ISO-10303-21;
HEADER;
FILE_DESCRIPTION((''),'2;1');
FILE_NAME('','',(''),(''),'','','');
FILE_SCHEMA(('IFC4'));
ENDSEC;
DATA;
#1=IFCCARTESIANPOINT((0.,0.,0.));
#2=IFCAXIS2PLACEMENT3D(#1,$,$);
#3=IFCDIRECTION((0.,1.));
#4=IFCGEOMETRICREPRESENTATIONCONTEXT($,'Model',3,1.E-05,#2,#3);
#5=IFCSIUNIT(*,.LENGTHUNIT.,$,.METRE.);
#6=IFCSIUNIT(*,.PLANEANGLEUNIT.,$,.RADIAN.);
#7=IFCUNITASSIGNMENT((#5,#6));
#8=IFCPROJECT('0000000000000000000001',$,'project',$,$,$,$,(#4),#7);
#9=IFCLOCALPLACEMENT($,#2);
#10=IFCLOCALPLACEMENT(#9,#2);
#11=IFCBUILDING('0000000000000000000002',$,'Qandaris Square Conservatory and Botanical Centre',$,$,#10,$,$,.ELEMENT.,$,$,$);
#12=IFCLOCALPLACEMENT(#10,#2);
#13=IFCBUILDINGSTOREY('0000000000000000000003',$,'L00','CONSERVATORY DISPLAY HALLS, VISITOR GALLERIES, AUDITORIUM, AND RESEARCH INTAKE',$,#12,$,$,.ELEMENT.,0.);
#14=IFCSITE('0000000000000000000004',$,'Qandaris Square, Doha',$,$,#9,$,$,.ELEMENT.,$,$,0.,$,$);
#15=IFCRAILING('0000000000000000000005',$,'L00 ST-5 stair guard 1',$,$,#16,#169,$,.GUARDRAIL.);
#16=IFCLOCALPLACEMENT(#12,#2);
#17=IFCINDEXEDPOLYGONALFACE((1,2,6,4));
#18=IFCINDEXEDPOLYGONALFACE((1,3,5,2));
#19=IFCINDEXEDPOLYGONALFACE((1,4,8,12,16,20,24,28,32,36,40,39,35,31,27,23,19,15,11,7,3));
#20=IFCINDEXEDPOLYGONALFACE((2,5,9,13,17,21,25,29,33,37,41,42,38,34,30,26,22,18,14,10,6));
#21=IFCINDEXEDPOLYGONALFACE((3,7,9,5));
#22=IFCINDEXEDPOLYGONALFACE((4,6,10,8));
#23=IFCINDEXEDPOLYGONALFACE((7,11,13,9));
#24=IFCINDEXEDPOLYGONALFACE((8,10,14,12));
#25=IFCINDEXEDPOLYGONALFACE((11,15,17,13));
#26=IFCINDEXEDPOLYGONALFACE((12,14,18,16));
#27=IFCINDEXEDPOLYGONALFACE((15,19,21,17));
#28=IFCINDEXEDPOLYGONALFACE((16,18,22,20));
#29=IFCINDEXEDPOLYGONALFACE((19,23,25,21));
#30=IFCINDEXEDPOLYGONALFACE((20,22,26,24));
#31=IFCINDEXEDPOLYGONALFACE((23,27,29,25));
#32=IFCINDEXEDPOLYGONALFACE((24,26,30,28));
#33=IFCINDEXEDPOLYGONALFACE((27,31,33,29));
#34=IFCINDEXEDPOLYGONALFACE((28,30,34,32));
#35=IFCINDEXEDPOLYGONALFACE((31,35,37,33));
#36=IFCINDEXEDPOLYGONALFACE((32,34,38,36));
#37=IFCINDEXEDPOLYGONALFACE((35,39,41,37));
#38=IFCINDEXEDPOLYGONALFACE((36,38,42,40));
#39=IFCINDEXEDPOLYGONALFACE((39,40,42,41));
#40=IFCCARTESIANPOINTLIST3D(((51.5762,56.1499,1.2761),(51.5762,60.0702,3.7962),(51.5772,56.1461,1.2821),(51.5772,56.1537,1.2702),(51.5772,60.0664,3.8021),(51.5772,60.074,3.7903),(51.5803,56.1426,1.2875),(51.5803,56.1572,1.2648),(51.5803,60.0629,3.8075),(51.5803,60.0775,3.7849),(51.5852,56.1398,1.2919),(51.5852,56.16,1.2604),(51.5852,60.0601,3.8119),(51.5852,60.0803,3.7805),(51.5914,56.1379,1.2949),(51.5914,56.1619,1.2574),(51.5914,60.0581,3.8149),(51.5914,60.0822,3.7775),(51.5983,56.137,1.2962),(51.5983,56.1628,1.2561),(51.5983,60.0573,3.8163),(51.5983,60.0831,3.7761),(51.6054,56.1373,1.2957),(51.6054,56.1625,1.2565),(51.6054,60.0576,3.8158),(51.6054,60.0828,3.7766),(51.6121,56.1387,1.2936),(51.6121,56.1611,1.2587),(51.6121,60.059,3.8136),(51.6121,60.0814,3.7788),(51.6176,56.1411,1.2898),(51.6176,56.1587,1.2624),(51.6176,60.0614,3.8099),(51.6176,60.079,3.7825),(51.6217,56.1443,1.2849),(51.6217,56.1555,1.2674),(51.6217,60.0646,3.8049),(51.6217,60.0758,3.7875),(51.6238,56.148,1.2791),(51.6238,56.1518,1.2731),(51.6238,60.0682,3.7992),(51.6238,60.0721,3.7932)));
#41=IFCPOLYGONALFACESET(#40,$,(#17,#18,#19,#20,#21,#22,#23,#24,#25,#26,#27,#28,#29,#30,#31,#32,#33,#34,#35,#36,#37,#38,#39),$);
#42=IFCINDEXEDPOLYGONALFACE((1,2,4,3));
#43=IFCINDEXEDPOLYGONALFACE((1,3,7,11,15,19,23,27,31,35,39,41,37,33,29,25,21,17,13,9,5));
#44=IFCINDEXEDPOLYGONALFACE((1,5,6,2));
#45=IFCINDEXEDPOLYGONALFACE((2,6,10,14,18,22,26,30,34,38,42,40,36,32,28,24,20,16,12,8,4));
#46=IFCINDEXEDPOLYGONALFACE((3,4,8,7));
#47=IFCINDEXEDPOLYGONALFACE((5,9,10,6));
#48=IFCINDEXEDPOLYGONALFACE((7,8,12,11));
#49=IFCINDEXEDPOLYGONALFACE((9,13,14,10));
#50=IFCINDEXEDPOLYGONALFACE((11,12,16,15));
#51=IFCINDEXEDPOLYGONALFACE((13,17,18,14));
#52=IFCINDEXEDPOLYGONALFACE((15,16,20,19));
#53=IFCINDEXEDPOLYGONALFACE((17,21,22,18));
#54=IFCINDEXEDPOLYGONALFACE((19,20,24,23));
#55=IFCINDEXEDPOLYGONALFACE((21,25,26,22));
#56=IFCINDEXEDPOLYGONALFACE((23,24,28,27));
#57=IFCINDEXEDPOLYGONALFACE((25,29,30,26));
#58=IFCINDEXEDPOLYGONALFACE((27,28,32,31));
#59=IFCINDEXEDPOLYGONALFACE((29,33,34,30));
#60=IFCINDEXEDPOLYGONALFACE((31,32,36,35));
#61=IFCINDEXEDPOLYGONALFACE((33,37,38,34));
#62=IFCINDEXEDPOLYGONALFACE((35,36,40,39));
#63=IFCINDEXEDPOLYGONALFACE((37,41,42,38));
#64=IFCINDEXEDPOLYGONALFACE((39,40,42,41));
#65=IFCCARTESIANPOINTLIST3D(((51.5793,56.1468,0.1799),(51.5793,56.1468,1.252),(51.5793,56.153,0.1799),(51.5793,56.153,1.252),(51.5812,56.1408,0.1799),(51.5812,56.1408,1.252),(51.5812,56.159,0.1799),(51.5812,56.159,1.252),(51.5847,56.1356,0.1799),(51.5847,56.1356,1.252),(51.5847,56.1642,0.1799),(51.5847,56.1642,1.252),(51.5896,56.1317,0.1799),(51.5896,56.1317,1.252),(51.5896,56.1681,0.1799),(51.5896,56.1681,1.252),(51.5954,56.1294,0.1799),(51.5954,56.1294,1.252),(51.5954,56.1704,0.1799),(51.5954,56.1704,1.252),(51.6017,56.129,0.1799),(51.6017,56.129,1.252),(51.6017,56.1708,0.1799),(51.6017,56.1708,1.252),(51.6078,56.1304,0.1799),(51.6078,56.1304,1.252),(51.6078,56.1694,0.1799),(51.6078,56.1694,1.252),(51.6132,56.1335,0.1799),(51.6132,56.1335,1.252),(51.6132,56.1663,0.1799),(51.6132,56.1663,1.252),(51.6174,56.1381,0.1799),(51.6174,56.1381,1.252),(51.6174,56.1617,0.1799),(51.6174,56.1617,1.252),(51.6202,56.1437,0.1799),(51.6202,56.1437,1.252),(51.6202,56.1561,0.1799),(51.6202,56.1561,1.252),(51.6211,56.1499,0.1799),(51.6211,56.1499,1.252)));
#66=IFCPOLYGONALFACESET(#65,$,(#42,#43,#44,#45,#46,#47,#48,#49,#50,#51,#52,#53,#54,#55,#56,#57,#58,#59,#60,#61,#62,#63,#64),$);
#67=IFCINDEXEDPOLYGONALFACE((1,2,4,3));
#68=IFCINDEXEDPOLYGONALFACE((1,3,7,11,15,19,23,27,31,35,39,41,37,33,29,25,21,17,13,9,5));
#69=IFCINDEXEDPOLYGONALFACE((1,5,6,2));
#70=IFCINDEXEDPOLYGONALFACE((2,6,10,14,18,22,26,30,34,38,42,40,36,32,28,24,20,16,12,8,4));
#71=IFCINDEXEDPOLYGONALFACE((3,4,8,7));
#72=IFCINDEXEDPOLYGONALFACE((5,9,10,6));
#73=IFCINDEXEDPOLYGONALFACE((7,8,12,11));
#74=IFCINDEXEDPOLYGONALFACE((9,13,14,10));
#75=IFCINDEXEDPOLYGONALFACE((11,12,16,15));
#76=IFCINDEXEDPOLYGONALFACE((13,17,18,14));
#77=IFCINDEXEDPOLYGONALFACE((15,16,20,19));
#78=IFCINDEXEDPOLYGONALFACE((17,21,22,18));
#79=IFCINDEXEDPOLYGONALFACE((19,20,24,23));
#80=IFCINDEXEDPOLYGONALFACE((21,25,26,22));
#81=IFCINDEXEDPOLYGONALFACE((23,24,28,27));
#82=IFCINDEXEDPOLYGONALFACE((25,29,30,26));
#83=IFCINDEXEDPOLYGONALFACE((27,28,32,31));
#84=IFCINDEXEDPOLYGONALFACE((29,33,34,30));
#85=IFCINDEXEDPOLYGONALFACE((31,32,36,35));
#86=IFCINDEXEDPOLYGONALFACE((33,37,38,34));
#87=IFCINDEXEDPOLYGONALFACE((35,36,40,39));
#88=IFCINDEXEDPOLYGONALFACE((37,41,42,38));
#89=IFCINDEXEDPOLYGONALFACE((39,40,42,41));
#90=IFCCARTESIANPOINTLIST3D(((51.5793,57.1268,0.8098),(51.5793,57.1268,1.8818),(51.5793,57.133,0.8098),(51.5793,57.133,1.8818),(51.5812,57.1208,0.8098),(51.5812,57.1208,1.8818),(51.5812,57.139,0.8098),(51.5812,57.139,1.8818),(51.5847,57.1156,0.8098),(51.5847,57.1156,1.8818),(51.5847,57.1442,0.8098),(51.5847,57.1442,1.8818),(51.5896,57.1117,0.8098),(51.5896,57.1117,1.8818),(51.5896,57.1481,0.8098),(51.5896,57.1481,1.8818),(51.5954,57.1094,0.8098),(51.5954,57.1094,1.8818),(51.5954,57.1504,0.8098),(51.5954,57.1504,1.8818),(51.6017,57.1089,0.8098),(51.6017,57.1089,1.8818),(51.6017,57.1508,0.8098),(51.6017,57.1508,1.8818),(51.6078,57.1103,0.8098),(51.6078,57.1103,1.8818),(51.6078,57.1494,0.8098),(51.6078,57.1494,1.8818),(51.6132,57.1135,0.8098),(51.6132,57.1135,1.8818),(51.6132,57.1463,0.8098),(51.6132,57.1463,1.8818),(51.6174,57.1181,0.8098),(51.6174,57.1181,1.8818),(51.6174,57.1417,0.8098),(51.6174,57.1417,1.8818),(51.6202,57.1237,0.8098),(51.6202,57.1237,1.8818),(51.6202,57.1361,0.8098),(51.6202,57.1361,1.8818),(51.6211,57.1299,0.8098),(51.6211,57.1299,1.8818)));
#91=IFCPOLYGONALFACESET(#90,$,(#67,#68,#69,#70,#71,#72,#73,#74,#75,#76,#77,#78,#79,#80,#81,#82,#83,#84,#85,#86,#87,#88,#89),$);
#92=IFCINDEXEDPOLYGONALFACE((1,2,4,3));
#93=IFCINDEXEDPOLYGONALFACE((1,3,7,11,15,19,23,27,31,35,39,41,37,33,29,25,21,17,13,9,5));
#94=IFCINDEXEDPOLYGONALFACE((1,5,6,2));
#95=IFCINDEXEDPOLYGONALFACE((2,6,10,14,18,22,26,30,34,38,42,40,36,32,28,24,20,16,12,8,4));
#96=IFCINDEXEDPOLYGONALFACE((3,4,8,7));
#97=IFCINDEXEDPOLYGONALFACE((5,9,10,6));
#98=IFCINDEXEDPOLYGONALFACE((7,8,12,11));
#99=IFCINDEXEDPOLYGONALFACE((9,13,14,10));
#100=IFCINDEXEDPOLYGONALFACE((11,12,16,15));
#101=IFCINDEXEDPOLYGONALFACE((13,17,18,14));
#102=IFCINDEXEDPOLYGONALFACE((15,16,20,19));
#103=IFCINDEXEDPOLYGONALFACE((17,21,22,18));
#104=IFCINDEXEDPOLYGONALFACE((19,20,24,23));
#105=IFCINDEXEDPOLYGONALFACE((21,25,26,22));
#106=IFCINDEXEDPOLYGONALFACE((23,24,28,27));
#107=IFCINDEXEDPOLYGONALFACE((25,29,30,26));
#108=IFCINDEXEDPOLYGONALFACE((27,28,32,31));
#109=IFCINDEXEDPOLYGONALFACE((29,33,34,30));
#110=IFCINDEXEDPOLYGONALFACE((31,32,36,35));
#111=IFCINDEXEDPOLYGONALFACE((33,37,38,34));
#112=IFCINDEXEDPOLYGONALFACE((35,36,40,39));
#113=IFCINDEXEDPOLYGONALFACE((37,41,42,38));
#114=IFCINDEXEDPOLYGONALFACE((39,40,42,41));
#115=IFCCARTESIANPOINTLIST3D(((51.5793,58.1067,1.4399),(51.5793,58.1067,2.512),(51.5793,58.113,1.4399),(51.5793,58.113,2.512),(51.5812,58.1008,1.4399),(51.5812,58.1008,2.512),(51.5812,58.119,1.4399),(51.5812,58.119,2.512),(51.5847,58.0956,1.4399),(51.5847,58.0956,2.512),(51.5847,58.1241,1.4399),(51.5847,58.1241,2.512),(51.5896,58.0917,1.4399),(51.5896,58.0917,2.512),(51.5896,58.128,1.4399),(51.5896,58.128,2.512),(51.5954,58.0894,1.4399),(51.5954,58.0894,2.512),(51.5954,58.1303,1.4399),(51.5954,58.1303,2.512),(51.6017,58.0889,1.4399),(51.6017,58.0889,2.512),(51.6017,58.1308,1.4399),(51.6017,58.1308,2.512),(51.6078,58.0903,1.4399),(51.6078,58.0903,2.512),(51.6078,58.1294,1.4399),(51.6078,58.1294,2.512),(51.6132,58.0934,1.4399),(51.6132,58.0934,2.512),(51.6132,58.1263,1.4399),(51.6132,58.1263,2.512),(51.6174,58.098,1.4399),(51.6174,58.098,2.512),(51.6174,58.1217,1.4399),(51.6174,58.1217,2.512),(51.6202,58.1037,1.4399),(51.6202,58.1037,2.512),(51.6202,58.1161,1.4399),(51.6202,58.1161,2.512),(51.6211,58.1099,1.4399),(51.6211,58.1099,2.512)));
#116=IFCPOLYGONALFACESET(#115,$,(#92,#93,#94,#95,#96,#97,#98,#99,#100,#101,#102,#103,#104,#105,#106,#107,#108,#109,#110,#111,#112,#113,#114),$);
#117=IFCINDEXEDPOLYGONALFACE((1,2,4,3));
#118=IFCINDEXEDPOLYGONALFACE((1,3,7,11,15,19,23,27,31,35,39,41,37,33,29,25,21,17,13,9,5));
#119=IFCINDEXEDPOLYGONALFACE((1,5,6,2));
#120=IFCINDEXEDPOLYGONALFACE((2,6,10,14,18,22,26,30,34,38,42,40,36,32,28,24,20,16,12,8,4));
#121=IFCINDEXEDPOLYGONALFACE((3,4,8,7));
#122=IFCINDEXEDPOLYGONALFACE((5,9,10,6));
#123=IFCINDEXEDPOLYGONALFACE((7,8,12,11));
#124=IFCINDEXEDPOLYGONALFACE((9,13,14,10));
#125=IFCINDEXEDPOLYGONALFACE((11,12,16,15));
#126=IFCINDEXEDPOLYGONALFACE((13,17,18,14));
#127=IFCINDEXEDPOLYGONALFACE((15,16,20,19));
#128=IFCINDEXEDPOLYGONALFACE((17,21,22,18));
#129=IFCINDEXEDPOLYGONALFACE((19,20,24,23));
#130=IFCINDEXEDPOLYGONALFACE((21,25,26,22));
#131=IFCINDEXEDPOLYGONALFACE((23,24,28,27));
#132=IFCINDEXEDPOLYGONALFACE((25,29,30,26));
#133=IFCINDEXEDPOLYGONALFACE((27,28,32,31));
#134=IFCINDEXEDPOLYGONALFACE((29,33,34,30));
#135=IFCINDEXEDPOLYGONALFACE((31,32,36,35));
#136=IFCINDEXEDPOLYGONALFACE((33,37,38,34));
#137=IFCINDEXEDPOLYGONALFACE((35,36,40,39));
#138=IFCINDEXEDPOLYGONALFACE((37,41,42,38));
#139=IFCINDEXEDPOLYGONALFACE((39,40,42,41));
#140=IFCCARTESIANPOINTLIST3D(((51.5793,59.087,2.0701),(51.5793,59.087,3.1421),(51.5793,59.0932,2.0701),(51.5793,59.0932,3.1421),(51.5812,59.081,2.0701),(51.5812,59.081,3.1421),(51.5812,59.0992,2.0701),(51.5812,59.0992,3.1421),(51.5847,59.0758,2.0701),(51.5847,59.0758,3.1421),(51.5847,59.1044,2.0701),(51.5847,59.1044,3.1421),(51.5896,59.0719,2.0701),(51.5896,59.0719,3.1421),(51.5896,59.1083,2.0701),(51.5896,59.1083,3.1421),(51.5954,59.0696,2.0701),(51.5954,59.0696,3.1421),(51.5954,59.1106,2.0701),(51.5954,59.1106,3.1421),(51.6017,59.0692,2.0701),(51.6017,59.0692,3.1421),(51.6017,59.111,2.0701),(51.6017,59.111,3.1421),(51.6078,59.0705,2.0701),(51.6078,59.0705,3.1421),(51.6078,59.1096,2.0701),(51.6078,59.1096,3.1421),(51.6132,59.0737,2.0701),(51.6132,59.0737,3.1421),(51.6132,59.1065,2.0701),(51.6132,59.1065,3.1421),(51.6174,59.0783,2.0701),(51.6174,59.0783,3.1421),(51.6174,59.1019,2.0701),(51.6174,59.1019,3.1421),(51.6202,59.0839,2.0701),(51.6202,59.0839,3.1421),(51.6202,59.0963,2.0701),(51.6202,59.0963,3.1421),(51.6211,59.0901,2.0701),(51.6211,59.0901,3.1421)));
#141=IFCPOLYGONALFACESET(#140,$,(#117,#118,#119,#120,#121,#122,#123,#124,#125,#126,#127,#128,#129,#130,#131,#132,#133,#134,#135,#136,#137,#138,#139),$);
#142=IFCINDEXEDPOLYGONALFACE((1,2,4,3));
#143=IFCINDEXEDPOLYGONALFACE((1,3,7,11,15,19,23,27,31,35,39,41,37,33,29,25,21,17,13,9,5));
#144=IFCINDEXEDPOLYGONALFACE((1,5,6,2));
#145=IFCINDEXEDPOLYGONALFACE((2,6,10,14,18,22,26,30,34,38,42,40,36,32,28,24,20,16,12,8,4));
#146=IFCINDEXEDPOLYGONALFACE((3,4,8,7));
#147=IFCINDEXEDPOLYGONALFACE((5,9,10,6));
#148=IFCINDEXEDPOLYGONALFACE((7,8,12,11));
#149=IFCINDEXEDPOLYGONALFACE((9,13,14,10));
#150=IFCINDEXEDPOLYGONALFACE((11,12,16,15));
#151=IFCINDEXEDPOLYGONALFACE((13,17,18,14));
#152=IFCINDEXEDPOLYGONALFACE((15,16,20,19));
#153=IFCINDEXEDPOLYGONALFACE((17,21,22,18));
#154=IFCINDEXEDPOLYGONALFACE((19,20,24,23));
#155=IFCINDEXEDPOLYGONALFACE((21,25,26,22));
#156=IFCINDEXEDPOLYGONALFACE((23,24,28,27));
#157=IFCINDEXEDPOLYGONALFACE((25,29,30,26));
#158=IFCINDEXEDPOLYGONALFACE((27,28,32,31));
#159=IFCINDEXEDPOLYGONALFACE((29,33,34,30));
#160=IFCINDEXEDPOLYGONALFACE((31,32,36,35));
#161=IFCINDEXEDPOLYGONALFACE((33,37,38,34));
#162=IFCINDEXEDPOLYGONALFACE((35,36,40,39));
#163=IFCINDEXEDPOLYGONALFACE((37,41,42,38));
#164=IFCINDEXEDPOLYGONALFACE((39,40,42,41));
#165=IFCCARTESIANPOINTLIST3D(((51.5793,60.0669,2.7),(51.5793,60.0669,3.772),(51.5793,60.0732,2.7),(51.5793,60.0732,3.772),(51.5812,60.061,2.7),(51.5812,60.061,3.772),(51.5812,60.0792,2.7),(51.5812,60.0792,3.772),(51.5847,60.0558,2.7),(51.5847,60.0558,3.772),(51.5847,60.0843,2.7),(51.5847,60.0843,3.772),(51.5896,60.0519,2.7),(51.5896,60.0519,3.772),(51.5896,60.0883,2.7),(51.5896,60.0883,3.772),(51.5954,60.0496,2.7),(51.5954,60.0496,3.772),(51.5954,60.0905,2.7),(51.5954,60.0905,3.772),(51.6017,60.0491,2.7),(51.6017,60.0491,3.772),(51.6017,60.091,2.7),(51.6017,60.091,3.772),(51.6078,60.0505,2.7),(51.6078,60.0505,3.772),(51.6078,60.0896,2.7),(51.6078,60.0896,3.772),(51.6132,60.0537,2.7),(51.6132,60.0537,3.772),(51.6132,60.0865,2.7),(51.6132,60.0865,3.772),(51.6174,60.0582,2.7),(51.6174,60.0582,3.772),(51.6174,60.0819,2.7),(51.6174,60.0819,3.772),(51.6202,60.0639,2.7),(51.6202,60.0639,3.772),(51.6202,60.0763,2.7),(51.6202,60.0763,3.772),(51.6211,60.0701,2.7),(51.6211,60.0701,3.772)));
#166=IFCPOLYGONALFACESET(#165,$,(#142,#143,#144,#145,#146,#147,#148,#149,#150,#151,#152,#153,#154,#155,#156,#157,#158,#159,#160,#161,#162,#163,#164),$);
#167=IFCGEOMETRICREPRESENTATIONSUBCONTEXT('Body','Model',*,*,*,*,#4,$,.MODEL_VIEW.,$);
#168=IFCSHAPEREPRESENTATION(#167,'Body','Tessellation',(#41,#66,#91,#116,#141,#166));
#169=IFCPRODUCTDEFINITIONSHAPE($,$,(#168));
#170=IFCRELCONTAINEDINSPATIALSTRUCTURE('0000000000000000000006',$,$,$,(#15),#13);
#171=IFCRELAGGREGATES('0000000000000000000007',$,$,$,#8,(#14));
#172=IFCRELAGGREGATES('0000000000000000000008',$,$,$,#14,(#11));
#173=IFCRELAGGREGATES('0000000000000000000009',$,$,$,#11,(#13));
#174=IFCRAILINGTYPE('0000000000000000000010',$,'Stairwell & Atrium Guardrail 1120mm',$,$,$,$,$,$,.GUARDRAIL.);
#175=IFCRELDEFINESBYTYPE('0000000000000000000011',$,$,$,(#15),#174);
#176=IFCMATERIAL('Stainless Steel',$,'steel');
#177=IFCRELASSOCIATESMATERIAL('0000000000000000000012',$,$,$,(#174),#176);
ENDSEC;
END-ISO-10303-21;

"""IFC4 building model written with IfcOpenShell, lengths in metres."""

from ifc_helpers import new_model, si_unit, direction, frame, origin, origin_2d, place, context, subcontext, project, spatial, circle, extrude, material, type_object, element, save


model = new_model("IFC4")

# Units and contexts
model_context = context("Model", 3, precision=1e-05, world=origin(), true_north=direction((0.0, 1.0)))
body_context = subcontext(model_context, "Body", "Model", "MODEL_VIEW")
ifc_project = project(units=[si_unit("LENGTHUNIT", "METRE"), si_unit("PLANEANGLEUNIT", "RADIAN")], contexts=[model_context])

# Site, building, storey
site_placement = place(None, origin())
site = spatial("IfcSite", under=ifc_project, at=site_placement, Name="Qandaris Square, Doha", CompositionType="ELEMENT", RefElevation=0.0)
building_placement = place(site_placement, origin())
building = spatial("IfcBuilding", under=site, at=building_placement, Name="Qandaris Square Conservatory and Botanical Centre", CompositionType="ELEMENT")
storey_placement = place(building_placement, origin())
storey = spatial("IfcBuildingStorey", under=building, at=storey_placement, Name="L00", Description="CONSERVATORY DISPLAY HALLS, VISITOR GALLERIES, AUDITORIUM, AND RESEARCH INTAKE", CompositionType="ELEMENT", Elevation=0.0)

# Railing
ifc_material_1 = material(Name="Stainless Steel", Category="steel")
railing_type_1 = type_object("IfcRailingType", Name="Stairwell & Atrium Guardrail 1120mm", PredefinedType="GUARDRAIL", material=ifc_material_1)
railing_1_placement = place(storey_placement, frame((51.6001, 56.1499, 0.1799)))
element("IfcRailing", 1, at=railing_1_placement, inside=storey, type_object=railing_type_1, Name="L00 ST-5 stair guard 1", PredefinedType="GUARDRAIL", context=body_context, shape_type="SweptSolid", body=[
    extrude(circle(Radius=0.0239, at=origin_2d()), frame((0.0, 0.0, 1.0962), z_axis=(0.0, 0.841187, 0.540744), x_axis=(-1.0, 0.0, 0.0)), (0.0, 0.0, 1.0), 4.6604),
    extrude(circle(Radius=0.021, at=origin_2d()), origin(), (0.0, 0.0, 1.0), 1.072),
    extrude(circle(Radius=0.021, at=origin_2d()), frame((0.0, 0.98, 0.6299)), (0.0, 0.0, 1.0), 1.072),
    extrude(circle(Radius=0.021, at=origin_2d()), frame((0.0, 1.96, 1.26)), (0.0, 0.0, 1.0), 1.072),
    extrude(circle(Radius=0.021, at=origin_2d()), frame((0.0, 2.9402, 1.8901)), (0.0, 0.0, 1.0), 1.072),
    extrude(circle(Radius=0.021, at=origin_2d()), frame((0.0, 3.9202, 2.52)), (0.0, 0.0, 1.0), 1.072),
])

save(model, "model.ifc")
